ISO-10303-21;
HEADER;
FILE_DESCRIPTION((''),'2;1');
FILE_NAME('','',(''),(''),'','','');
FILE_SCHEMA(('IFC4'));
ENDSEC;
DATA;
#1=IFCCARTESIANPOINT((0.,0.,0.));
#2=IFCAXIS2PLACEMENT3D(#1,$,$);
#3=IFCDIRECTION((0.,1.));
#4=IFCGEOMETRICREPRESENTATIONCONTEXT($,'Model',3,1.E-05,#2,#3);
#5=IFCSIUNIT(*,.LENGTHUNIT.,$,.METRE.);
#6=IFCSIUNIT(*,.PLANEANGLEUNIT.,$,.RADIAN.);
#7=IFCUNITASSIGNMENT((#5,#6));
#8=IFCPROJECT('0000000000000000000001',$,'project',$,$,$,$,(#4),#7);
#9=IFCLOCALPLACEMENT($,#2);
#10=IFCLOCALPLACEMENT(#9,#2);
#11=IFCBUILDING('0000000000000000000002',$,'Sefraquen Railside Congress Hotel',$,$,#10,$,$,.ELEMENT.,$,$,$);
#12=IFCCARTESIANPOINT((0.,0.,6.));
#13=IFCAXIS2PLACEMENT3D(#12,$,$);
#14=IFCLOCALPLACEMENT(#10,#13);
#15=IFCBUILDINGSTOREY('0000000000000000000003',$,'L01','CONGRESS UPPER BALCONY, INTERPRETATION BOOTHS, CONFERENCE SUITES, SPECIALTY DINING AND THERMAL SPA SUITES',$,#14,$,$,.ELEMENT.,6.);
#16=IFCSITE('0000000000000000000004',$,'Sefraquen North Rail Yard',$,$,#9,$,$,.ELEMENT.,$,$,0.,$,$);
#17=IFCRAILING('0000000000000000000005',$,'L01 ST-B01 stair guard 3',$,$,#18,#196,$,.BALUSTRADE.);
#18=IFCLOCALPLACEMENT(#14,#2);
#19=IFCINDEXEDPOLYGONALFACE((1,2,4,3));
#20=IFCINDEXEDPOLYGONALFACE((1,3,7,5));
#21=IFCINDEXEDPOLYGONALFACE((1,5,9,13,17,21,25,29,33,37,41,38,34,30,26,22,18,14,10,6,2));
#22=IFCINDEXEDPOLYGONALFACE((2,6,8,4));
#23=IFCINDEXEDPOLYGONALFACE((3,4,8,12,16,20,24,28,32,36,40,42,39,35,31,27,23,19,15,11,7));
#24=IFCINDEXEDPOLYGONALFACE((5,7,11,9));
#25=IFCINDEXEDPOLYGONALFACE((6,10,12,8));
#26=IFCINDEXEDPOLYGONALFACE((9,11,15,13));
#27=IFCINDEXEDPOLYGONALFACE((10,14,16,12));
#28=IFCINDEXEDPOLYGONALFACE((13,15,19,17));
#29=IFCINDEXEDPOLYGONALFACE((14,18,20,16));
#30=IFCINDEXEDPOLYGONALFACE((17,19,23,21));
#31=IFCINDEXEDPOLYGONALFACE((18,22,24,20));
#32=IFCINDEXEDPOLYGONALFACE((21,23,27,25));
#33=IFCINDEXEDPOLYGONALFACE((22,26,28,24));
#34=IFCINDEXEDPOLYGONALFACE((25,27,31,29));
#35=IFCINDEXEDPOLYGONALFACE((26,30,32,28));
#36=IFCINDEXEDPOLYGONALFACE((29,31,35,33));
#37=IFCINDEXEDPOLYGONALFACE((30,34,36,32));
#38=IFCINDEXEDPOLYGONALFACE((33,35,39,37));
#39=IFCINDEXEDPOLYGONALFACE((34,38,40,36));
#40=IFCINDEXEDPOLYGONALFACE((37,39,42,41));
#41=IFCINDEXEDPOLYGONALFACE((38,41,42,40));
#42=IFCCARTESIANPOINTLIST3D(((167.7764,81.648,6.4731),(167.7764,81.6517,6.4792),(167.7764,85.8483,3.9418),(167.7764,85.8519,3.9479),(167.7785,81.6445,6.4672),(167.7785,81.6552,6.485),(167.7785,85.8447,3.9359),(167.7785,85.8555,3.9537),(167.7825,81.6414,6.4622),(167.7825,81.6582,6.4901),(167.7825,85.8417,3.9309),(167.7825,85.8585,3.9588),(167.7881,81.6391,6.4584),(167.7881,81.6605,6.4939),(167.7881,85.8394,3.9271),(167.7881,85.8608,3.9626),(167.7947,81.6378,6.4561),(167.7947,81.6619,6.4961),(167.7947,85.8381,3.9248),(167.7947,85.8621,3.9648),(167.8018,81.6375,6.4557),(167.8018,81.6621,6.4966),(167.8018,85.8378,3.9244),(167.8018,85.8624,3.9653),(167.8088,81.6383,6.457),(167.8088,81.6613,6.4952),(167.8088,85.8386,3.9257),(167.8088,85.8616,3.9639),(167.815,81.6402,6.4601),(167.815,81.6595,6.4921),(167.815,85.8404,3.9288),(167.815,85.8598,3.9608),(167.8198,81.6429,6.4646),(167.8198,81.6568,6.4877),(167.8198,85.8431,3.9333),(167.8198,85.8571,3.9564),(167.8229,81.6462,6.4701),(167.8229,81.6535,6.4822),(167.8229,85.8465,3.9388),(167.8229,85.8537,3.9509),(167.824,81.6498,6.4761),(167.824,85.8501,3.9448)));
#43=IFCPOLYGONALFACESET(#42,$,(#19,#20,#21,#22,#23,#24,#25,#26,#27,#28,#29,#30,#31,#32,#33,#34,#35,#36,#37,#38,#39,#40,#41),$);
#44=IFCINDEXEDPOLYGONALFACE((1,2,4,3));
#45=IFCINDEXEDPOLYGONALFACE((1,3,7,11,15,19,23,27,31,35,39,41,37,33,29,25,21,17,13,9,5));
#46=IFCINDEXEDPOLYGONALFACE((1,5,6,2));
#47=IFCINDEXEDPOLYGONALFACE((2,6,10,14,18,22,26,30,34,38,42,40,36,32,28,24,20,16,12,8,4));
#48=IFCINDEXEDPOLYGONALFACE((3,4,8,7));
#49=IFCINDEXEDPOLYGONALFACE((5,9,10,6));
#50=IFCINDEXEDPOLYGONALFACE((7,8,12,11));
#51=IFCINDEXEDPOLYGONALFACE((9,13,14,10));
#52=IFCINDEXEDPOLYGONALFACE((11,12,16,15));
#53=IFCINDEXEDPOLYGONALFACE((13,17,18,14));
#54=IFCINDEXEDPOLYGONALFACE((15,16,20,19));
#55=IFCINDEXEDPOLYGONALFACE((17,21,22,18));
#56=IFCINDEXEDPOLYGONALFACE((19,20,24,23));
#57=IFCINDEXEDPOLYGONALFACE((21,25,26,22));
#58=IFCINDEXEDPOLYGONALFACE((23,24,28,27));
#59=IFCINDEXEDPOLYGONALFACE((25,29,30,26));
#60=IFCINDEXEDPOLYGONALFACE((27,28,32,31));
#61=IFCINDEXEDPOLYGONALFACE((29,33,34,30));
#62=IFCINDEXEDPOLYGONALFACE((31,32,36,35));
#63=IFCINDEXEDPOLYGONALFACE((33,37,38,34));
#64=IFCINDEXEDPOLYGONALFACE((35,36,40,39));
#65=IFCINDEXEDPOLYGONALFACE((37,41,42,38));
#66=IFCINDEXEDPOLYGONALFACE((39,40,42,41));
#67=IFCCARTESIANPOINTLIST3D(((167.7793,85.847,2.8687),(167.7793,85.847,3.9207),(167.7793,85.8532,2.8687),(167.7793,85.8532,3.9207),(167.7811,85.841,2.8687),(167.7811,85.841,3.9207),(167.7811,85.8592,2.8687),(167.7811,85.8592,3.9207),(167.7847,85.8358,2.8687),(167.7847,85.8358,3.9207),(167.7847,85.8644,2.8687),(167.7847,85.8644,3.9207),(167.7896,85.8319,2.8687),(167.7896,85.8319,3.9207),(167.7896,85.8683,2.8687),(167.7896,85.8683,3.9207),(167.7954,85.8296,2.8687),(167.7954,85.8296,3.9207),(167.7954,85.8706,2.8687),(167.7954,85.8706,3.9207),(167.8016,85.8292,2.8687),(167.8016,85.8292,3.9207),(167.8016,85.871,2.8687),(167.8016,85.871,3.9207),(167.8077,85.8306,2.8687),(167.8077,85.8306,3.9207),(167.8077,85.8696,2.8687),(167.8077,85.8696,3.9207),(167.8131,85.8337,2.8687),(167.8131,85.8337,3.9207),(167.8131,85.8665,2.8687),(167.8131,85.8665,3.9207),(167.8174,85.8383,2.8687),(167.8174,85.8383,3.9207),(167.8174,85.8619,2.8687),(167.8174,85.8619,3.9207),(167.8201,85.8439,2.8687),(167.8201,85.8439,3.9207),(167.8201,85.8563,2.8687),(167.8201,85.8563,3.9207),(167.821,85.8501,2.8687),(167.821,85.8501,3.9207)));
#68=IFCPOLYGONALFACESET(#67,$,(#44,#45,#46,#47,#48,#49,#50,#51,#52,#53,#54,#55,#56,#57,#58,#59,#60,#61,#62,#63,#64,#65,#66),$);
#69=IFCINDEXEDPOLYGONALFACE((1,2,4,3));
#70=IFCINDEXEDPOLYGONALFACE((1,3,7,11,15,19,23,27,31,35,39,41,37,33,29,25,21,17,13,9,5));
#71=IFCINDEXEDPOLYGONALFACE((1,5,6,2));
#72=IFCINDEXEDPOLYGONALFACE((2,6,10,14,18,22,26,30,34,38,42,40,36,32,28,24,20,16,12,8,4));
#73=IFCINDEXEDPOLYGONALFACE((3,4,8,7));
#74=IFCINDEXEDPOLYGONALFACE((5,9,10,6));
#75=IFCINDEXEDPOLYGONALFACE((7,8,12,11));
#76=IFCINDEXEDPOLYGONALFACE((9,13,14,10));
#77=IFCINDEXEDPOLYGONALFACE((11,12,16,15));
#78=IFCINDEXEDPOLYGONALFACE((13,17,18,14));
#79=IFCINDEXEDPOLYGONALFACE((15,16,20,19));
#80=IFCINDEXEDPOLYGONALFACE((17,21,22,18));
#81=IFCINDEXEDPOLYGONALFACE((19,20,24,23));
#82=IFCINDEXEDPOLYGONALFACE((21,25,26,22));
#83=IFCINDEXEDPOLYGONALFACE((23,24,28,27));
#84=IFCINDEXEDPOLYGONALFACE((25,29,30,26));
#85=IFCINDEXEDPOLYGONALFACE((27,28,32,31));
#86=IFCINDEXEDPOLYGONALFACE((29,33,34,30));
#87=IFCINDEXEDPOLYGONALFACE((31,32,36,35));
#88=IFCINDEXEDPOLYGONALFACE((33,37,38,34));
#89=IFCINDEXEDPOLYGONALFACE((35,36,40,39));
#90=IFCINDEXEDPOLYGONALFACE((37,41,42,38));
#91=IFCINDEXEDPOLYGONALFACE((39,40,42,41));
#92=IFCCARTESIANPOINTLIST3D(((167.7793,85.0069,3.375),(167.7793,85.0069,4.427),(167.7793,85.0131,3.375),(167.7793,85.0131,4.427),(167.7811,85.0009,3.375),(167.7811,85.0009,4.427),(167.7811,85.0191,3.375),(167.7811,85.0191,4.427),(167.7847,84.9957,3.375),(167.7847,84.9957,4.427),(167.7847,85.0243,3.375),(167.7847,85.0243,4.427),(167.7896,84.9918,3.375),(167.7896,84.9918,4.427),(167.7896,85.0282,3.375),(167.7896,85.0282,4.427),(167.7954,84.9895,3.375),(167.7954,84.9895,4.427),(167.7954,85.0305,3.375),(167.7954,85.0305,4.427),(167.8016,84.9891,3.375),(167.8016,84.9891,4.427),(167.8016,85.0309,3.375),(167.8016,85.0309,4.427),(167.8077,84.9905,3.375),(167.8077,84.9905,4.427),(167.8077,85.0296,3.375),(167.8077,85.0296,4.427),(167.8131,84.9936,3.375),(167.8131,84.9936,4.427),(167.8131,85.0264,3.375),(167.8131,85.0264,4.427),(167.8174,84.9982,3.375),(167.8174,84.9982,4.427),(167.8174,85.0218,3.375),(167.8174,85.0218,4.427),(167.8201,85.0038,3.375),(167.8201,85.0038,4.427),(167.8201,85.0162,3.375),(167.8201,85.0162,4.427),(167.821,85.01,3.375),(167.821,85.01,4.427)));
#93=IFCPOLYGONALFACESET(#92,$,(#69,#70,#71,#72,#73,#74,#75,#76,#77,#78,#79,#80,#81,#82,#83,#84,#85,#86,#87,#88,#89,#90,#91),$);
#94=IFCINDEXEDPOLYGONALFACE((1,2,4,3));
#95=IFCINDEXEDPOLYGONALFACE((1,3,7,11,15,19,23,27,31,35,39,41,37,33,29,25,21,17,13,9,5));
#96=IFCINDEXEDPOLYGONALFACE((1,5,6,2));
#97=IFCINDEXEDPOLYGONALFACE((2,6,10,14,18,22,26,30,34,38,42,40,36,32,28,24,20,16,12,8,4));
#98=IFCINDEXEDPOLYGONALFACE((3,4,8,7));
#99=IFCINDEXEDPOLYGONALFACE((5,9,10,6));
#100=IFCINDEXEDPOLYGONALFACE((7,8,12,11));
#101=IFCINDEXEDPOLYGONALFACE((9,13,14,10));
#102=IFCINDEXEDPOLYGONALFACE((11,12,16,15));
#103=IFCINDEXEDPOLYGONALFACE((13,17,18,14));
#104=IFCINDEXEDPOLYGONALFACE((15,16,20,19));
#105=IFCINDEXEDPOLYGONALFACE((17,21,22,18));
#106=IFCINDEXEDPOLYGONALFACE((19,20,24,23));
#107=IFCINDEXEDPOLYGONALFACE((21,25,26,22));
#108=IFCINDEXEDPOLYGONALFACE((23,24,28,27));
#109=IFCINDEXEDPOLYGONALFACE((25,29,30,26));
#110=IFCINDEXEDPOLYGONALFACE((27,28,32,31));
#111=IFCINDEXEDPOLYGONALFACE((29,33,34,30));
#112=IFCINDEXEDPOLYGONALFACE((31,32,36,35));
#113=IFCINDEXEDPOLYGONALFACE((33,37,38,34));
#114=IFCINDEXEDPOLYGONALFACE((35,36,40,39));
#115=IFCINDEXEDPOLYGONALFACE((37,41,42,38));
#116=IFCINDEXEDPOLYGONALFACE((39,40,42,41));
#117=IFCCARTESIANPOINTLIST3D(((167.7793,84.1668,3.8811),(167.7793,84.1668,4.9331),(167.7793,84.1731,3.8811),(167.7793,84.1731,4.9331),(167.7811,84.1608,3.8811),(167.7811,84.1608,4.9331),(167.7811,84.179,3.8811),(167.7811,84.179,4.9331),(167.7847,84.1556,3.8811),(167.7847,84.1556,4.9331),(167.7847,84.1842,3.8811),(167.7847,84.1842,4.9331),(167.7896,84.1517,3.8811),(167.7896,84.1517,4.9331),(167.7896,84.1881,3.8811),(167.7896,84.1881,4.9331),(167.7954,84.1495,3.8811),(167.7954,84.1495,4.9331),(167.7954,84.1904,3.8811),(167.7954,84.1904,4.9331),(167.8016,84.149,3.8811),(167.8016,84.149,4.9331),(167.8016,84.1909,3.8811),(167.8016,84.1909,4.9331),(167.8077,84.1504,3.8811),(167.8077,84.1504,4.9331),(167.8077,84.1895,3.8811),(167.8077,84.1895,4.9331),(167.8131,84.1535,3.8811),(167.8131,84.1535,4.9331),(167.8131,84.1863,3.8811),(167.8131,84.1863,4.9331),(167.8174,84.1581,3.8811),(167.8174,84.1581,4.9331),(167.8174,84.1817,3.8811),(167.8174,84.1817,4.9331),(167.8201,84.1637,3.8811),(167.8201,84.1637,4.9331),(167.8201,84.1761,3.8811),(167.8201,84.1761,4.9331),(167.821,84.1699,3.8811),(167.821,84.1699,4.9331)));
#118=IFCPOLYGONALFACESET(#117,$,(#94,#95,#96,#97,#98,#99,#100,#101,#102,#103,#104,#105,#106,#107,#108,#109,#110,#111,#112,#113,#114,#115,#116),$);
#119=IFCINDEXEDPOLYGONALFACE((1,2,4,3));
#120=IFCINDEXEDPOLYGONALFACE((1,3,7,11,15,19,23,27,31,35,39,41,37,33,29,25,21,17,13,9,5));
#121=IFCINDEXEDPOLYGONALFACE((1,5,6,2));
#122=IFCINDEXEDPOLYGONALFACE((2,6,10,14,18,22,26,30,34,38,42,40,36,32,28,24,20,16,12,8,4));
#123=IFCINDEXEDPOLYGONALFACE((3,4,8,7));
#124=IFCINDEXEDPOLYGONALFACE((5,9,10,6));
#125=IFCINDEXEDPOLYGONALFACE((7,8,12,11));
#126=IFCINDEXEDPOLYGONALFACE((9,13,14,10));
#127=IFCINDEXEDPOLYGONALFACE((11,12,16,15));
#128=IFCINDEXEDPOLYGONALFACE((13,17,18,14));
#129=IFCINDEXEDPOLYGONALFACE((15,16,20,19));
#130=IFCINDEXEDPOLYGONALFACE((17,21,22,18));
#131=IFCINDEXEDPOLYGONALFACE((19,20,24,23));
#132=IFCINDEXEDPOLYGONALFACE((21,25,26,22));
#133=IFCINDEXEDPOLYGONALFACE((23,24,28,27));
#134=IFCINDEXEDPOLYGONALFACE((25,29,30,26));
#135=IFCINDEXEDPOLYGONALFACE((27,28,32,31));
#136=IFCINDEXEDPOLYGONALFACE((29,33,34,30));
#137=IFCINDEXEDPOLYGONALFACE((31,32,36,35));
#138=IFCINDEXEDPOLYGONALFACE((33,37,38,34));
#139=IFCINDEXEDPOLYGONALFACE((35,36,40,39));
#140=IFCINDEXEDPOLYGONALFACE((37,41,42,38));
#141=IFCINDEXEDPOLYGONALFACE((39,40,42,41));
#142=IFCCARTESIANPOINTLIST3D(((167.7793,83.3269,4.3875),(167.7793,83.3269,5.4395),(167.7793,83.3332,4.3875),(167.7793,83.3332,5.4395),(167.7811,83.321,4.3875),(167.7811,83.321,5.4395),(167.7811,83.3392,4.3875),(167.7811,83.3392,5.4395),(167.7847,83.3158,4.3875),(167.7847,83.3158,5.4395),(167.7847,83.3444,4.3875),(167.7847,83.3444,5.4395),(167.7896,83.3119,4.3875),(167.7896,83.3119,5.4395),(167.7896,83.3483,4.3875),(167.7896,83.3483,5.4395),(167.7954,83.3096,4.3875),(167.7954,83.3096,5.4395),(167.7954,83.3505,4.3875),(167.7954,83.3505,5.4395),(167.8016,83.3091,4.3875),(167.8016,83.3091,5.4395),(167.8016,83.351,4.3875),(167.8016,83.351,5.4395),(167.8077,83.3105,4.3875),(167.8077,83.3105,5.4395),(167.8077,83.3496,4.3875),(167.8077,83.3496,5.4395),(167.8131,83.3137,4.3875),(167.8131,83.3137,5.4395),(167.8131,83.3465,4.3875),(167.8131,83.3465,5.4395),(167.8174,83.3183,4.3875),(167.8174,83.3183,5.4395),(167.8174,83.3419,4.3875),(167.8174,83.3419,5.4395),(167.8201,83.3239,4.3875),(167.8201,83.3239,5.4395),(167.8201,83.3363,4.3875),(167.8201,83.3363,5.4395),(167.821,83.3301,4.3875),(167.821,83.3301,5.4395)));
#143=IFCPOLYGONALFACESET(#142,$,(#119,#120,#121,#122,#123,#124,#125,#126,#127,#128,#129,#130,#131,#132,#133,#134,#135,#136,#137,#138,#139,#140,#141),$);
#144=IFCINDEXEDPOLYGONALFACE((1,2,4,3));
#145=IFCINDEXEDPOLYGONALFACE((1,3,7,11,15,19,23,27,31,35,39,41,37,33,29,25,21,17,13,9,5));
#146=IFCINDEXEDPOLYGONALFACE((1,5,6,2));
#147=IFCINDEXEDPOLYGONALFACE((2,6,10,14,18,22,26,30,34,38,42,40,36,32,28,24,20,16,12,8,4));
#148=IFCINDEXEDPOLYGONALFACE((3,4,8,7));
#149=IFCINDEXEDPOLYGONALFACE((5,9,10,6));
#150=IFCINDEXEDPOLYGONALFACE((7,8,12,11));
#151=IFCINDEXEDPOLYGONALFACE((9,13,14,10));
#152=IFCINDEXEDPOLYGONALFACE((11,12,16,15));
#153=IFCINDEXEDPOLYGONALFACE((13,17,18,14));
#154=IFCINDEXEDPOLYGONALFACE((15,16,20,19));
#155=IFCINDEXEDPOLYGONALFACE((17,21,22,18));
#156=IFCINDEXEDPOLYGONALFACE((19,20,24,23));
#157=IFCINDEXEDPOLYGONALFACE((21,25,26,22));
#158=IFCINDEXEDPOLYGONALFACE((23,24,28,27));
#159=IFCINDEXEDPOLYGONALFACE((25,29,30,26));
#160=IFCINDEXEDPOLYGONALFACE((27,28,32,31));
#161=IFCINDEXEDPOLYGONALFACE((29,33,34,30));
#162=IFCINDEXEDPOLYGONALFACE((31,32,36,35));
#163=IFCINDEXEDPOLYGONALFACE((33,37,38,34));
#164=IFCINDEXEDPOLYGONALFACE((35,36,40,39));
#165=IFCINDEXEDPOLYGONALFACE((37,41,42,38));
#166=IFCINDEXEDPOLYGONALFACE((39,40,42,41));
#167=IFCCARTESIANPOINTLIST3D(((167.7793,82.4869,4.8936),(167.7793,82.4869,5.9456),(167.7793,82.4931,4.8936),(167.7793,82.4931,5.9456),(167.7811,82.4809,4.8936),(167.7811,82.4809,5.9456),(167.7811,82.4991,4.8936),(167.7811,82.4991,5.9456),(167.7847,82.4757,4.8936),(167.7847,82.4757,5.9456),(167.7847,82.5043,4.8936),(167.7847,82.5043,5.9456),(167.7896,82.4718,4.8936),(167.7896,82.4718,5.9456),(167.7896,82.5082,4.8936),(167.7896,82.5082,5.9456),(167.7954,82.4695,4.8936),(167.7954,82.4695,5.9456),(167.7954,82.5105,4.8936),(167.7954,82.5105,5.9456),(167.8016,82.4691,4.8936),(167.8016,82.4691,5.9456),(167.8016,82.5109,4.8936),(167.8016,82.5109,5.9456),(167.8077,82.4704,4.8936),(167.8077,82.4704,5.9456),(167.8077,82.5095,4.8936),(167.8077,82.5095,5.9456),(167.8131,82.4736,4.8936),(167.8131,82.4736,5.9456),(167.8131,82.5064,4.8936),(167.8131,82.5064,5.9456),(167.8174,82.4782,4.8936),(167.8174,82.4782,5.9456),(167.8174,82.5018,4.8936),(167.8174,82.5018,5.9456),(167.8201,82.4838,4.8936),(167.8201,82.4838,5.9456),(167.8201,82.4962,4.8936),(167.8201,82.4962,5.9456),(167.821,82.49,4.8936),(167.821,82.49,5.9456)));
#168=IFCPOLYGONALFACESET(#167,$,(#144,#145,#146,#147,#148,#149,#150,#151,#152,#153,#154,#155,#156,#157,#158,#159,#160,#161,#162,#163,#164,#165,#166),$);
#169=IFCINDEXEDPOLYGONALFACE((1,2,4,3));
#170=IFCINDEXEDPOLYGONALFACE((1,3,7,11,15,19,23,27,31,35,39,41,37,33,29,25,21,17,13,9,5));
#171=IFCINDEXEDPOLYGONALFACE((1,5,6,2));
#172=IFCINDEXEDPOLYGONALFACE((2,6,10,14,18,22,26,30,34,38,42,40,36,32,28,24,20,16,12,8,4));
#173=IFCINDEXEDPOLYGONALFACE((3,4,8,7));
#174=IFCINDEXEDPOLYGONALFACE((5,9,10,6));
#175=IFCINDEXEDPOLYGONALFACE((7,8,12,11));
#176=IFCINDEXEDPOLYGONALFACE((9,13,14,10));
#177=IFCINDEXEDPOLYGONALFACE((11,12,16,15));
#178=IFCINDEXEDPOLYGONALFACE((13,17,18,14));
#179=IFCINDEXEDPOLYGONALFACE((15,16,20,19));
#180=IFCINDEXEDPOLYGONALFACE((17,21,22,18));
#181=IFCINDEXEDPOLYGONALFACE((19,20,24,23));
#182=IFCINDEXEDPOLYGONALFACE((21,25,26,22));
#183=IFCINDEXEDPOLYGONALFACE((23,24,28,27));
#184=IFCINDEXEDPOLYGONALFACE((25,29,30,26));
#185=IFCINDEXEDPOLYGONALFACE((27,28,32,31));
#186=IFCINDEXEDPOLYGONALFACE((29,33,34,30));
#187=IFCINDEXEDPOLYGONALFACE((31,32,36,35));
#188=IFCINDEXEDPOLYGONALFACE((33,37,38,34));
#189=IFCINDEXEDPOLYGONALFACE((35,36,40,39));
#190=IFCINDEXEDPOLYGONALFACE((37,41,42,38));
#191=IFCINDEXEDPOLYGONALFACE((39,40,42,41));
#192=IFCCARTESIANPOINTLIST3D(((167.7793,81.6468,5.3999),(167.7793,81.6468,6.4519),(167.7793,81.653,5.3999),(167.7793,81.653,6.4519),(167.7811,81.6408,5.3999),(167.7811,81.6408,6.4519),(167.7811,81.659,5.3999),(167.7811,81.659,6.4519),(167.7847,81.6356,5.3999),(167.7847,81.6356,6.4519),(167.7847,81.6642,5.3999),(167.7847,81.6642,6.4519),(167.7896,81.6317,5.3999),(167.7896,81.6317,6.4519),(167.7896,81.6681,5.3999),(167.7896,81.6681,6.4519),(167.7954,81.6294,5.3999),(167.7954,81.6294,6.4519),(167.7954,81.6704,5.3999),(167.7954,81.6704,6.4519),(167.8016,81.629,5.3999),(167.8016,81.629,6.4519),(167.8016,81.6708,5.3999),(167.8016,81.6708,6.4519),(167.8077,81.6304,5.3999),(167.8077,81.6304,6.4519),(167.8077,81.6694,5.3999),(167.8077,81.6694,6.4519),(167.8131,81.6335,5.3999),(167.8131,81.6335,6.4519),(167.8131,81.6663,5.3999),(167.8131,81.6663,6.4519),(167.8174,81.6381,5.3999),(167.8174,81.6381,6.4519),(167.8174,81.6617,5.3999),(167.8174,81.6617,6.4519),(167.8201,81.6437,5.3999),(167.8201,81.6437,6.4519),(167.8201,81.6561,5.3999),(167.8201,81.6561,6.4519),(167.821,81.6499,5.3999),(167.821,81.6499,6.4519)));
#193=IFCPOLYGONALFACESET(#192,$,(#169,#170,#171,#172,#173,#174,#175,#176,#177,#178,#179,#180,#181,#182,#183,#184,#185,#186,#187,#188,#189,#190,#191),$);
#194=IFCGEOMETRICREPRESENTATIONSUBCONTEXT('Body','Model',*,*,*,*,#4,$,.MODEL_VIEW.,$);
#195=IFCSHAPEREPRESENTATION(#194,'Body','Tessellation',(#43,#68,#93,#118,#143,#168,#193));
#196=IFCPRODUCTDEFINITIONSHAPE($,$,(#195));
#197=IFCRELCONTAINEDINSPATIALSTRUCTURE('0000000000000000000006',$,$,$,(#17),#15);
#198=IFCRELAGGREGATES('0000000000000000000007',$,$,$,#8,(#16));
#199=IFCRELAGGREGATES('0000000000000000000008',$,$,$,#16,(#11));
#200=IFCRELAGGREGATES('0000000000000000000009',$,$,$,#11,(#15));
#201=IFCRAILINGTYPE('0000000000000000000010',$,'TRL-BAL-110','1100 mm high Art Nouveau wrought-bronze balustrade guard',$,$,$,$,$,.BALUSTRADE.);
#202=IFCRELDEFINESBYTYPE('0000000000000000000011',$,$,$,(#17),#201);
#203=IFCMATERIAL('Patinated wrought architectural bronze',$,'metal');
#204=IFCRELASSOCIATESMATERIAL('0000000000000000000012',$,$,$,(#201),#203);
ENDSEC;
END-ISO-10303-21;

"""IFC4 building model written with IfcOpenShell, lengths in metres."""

from ifc_helpers import new_model, si_unit, direction, frame, origin, origin_2d, place, context, subcontext, project, spatial, circle, extrude, material, type_object, element, save


model = new_model("IFC4")

# Units and contexts
model_context = context("Model", 3, precision=1e-05, world=origin(), true_north=direction((0.0, 1.0)))
body_context = subcontext(model_context, "Body", "Model", "MODEL_VIEW")
ifc_project = project(units=[si_unit("LENGTHUNIT", "METRE"), si_unit("PLANEANGLEUNIT", "RADIAN")], contexts=[model_context])

# Site, building, storey
site_placement = place(None, origin())
site = spatial("IfcSite", under=ifc_project, at=site_placement, Name="Sefraquen North Rail Yard", CompositionType="ELEMENT", RefElevation=0.0)
building_placement = place(site_placement, origin())
building = spatial("IfcBuilding", under=site, at=building_placement, Name="Sefraquen Railside Congress Hotel", CompositionType="ELEMENT")
storey_placement = place(building_placement, frame((0.0, 0.0, 6.0)))
storey = spatial("IfcBuildingStorey", under=building, at=storey_placement, Name="L01", Description="CONGRESS UPPER BALCONY, INTERPRETATION BOOTHS, CONFERENCE SUITES, SPECIALTY DINING AND THERMAL SPA SUITES", CompositionType="ELEMENT", Elevation=6.0)

# Railing
ifc_material_1 = material(Name="Patinated wrought architectural bronze", Category="metal")
railing_type_1 = type_object("IfcRailingType", Name="TRL-BAL-110", Description="1100 mm high Art Nouveau wrought-bronze balustrade guard", PredefinedType="BALUSTRADE", material=ifc_material_1)
railing_1_placement = place(storey_placement, frame((167.8, 85.8501, 2.8687)))
element("IfcRailing", 1, at=railing_1_placement, inside=storey, type_object=railing_type_1, Name="L01 ST-B01 stair guard 3", PredefinedType="BALUSTRADE", context=body_context, shape_type="SweptSolid", body=[
    extrude(circle(Radius=0.0239, at=origin_2d()), frame((0.0, 0.0, 1.0762), z_axis=(0.0, -0.85649, 0.516164), x_axis=(1.0, 0.0, 0.0)), (0.0, 0.0, 1.0), 4.9041),
    extrude(circle(Radius=0.021, at=origin_2d()), origin(), (0.0, 0.0, 1.0), 1.052),
    extrude(circle(Radius=0.021, at=origin_2d()), frame((0.0, -0.8401, 0.5063)), (0.0, 0.0, 1.0), 1.052),
    extrude(circle(Radius=0.021, at=origin_2d()), frame((0.0, -1.6802, 1.0125)), (0.0, 0.0, 1.0), 1.052),
    extrude(circle(Radius=0.021, at=origin_2d()), frame((0.0, -2.52, 1.5188)), (0.0, 0.0, 1.0), 1.052),
    extrude(circle(Radius=0.021, at=origin_2d()), frame((0.0, -3.3601, 2.0249)), (0.0, 0.0, 1.0), 1.052),
    extrude(circle(Radius=0.021, at=origin_2d()), frame((0.0, -4.2002, 2.5312)), (0.0, 0.0, 1.0), 1.052),
])

save(model, "model.ifc")
